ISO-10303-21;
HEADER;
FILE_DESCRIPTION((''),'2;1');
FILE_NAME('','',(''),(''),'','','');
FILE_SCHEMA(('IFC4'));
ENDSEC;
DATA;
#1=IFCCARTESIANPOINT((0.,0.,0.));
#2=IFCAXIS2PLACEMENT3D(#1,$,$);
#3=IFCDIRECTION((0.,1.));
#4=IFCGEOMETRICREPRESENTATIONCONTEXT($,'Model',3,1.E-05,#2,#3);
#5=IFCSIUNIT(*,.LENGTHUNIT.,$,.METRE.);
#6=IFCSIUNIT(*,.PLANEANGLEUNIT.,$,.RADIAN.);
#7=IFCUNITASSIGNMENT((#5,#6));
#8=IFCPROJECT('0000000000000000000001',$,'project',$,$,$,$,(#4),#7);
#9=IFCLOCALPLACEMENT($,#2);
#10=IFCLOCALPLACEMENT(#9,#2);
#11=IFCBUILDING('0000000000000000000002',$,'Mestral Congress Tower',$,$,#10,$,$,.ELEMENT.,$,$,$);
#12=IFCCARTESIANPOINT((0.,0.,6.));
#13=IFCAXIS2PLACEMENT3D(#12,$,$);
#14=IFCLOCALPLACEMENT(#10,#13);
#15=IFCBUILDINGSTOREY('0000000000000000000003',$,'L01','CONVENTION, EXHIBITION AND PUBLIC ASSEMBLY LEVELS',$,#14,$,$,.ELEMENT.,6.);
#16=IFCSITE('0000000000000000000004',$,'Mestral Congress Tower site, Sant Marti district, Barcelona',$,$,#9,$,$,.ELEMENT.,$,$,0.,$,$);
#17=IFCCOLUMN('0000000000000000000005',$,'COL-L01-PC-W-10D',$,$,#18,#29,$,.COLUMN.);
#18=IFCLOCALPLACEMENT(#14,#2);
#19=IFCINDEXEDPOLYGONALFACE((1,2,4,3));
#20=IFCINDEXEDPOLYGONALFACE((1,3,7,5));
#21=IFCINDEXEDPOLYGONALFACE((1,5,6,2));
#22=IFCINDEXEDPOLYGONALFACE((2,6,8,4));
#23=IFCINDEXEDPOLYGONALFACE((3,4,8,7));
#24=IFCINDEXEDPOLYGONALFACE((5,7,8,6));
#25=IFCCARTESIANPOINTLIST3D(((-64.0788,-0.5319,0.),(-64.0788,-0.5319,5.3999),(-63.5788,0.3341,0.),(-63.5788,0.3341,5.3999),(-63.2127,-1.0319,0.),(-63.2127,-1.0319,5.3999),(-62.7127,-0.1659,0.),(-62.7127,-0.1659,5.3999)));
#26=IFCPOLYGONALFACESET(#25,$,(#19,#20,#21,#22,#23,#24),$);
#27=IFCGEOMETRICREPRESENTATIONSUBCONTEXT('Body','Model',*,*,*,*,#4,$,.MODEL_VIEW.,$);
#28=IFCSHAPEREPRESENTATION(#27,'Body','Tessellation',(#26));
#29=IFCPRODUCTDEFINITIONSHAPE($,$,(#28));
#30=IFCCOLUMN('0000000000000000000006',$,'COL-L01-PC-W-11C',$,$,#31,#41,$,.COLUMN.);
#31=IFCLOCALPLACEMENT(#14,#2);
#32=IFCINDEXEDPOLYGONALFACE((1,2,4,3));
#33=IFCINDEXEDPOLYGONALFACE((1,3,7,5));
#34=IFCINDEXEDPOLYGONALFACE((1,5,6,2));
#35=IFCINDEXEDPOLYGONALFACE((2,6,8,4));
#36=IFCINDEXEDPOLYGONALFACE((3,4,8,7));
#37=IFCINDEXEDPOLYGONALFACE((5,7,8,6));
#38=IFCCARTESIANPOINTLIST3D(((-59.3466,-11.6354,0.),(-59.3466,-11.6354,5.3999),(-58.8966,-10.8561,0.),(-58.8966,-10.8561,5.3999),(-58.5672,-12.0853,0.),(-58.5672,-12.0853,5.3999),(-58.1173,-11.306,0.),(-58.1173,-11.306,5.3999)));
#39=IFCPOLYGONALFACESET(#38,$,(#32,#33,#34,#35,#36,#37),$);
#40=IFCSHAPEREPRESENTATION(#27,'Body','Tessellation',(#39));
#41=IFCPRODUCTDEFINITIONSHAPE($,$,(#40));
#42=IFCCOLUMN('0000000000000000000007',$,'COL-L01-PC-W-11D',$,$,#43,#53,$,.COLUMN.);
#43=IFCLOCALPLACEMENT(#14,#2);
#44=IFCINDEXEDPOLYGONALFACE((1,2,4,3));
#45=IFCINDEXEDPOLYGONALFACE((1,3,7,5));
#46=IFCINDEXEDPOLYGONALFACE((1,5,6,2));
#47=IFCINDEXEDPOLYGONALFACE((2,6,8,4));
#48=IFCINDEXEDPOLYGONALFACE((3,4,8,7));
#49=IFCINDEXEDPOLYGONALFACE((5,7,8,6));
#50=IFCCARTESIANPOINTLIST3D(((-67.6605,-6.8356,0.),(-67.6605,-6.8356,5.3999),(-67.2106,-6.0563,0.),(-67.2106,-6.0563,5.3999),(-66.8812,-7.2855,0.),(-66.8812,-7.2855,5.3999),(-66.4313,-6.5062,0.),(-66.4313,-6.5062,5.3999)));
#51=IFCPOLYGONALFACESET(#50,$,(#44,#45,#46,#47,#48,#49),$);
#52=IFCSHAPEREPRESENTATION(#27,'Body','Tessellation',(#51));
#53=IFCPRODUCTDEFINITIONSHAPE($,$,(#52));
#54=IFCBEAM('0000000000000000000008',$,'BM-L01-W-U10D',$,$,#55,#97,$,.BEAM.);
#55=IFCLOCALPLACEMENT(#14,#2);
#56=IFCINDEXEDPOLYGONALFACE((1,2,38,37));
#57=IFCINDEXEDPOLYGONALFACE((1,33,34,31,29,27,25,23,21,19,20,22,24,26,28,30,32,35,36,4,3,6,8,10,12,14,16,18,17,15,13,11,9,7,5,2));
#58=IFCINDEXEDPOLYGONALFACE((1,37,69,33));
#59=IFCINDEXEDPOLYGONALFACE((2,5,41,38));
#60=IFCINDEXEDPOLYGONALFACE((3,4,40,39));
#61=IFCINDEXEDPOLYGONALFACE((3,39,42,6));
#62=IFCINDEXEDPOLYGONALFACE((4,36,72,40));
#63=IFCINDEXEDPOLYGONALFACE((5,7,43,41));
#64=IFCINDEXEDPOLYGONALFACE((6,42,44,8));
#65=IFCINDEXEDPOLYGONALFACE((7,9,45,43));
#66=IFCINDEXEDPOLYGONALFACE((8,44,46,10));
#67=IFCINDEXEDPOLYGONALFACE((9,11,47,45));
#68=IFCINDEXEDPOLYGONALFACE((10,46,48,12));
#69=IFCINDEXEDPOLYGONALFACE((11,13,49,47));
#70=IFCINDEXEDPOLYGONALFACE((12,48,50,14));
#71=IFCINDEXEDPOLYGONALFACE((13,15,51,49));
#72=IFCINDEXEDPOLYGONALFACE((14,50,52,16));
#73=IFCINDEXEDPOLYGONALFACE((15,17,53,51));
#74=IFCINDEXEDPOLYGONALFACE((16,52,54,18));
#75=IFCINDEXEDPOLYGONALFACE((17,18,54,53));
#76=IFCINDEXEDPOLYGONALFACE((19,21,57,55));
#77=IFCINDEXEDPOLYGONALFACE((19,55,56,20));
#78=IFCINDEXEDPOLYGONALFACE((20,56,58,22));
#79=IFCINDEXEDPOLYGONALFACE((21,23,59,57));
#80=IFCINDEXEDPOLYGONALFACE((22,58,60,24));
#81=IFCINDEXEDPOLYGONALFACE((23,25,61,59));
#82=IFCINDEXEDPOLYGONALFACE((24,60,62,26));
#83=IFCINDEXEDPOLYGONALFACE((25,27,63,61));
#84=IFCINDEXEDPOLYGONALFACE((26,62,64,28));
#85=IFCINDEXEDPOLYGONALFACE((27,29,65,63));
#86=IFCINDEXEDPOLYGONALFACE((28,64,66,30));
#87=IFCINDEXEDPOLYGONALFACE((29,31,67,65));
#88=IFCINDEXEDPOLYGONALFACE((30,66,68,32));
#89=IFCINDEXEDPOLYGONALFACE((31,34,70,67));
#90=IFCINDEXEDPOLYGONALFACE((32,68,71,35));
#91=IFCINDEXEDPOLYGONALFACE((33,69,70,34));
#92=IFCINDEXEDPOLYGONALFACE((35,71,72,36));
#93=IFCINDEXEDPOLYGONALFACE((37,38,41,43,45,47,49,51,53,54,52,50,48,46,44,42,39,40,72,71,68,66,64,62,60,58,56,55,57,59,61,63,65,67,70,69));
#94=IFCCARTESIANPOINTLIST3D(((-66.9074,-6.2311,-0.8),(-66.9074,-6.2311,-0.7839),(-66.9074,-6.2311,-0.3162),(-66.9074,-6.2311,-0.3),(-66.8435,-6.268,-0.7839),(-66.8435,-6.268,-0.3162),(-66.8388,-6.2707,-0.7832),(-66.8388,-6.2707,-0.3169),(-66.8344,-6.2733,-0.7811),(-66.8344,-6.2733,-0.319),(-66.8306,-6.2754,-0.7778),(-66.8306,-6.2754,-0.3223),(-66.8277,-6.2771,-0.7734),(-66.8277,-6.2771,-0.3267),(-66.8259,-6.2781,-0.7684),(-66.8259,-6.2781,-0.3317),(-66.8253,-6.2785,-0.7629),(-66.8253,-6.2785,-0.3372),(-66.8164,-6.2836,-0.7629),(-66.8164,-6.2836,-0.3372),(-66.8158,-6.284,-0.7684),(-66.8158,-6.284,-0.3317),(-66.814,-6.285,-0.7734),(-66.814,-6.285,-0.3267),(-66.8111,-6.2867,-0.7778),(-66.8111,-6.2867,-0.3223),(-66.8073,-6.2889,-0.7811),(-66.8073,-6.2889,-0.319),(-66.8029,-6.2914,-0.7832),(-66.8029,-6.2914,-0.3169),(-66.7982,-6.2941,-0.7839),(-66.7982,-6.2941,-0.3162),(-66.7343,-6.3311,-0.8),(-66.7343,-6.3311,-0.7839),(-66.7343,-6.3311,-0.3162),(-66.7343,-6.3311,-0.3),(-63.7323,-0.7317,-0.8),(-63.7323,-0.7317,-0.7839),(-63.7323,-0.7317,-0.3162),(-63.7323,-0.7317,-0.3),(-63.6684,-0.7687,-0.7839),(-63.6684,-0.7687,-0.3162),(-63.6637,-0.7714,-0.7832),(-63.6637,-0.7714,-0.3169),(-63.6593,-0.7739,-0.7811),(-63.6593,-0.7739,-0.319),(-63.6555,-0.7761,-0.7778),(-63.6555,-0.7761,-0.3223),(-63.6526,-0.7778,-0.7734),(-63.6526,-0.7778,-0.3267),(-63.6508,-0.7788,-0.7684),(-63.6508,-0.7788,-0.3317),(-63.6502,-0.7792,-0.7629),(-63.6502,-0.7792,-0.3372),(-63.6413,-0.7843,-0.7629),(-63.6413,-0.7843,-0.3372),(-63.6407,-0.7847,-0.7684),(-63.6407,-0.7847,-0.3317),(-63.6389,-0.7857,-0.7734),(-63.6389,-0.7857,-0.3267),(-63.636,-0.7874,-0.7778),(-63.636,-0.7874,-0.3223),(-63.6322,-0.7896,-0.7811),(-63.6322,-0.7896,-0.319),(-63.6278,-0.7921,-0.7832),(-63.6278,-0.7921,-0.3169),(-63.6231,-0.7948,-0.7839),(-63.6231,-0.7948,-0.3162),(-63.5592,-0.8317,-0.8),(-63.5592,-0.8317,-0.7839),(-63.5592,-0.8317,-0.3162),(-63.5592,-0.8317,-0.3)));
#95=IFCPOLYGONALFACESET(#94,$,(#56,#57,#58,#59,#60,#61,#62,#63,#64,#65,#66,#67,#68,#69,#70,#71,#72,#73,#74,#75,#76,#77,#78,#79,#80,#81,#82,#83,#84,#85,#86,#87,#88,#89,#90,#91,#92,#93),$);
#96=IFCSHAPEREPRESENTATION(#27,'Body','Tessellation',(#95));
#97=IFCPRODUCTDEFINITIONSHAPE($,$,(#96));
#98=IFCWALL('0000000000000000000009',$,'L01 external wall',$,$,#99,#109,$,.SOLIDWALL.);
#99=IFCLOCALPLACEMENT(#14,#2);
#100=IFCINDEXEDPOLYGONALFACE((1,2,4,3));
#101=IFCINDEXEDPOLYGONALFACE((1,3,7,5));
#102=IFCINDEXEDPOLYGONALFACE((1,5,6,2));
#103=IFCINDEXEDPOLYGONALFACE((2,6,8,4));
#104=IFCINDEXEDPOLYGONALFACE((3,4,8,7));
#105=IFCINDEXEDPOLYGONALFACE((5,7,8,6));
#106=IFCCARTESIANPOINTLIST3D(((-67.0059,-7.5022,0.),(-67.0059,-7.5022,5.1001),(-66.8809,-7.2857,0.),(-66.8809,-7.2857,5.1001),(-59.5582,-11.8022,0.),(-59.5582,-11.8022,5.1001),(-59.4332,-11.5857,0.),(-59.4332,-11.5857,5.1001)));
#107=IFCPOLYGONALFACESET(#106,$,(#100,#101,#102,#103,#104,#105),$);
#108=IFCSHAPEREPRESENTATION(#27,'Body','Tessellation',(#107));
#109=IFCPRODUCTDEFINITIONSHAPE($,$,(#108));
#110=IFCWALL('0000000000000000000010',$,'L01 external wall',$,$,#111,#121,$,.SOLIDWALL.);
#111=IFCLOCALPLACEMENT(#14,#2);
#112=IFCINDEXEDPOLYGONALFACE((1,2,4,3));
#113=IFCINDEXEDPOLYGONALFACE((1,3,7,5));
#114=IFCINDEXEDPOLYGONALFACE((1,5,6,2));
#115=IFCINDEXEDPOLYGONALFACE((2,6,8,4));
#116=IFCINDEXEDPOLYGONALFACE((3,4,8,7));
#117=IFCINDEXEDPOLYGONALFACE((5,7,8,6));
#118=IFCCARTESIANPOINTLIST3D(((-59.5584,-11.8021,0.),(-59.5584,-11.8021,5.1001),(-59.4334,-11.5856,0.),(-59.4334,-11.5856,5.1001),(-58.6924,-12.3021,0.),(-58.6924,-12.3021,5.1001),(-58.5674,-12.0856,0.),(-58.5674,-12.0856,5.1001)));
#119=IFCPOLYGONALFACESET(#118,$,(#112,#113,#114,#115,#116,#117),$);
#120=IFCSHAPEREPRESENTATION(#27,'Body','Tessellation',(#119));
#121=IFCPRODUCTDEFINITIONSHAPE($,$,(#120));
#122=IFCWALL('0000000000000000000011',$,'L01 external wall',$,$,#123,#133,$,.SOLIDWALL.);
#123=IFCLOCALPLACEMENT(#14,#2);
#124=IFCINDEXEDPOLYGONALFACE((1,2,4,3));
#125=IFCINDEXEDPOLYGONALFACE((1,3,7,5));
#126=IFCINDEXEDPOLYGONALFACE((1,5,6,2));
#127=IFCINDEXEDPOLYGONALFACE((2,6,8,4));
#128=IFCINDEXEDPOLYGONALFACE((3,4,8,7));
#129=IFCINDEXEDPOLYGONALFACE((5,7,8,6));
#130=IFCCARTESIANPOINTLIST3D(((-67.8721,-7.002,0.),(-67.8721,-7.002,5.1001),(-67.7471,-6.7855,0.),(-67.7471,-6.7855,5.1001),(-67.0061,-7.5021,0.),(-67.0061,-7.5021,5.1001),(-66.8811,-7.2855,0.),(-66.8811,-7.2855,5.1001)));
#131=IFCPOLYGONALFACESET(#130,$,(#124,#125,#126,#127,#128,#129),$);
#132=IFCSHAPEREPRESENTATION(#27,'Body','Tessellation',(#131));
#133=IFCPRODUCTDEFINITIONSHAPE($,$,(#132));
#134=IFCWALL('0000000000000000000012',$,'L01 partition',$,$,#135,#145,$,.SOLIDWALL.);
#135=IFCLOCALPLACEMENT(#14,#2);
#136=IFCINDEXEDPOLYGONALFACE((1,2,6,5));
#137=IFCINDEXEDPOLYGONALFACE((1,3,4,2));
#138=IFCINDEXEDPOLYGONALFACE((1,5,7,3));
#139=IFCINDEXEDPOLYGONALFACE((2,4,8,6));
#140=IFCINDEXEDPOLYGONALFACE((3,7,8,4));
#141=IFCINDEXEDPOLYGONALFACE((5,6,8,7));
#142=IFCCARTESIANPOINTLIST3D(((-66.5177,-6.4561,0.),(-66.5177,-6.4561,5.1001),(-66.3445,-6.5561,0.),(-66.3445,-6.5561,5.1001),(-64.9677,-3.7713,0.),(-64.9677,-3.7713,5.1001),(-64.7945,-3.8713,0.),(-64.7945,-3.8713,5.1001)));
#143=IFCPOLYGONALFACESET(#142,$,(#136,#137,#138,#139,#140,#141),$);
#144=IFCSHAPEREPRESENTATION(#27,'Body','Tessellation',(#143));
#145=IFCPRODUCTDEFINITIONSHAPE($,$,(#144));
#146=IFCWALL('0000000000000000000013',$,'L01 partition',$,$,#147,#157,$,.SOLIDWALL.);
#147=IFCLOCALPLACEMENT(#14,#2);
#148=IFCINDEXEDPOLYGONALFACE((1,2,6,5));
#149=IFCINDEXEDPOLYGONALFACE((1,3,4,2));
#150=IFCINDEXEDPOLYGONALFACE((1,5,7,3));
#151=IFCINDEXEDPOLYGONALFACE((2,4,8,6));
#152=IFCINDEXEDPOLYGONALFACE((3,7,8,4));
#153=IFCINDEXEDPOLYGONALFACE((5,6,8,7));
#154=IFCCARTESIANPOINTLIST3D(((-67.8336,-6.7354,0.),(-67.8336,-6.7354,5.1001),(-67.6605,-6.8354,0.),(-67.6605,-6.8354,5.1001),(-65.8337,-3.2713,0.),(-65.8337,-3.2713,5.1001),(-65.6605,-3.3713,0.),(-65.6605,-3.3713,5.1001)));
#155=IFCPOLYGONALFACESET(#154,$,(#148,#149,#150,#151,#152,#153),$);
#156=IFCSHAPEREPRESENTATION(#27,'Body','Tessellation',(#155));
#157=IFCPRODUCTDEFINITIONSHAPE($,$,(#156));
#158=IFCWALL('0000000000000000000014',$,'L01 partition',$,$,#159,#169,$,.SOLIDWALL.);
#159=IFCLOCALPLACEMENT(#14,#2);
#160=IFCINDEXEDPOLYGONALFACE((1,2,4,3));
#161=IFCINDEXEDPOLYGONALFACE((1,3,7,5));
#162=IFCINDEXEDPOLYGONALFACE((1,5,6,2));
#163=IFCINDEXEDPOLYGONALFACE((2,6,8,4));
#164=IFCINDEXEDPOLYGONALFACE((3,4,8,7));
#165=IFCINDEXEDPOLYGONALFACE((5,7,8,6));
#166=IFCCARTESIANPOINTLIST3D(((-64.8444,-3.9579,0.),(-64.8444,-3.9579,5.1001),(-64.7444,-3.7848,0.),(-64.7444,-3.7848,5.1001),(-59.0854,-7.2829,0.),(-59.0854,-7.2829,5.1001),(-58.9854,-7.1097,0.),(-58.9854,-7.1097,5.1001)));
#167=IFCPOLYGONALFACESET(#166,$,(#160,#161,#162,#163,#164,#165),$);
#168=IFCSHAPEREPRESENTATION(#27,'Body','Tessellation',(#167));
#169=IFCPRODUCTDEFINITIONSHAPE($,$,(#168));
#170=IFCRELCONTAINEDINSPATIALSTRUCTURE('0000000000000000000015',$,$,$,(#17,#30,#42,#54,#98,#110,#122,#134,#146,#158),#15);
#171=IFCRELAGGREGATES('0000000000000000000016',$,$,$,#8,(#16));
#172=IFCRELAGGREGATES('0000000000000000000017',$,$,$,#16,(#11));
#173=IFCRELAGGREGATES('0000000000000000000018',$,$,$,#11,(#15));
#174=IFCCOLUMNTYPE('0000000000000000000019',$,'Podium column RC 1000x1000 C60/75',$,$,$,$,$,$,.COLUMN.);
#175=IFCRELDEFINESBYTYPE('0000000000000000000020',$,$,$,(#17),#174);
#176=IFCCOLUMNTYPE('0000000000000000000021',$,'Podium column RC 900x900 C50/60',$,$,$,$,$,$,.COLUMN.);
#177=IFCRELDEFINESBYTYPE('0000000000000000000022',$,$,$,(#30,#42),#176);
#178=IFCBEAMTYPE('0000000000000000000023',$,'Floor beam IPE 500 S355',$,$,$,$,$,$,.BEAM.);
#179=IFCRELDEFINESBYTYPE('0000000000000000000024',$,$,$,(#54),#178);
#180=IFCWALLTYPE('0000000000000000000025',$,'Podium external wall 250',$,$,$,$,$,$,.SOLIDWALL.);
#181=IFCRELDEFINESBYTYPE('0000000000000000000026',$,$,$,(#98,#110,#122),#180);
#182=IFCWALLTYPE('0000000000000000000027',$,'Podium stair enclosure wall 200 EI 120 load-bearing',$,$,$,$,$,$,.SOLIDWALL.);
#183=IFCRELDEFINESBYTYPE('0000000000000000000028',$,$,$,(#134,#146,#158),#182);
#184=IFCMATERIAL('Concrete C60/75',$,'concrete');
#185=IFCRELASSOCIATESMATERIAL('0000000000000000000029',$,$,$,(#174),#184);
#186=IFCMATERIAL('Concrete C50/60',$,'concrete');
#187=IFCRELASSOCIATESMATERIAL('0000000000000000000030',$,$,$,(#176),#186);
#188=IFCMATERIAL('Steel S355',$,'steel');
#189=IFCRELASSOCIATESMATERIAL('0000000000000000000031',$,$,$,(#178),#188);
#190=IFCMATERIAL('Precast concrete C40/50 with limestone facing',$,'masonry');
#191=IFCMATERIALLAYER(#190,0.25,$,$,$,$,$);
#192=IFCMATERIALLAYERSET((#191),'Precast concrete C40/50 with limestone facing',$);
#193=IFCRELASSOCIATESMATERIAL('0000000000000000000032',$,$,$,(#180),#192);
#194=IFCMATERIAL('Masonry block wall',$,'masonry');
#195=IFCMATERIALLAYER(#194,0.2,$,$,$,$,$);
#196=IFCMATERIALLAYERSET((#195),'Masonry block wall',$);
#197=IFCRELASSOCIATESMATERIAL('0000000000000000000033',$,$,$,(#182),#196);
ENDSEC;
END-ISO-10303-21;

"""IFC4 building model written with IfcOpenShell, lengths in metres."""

from ifc_helpers import new_model, si_unit, direction, frame, frame_2d, origin, origin_2d, place, context, subcontext, project, spatial, rectangle, i_section, extrude, material, layer, layer_set, material_profile, profile_set, type_object, element, save


model = new_model("IFC4")

# Units and contexts
model_context = context("Model", 3, precision=1e-05, world=origin(), true_north=direction((0.0, 1.0)))
body_context = subcontext(model_context, "Body", "Model", "MODEL_VIEW")
ifc_project = project(units=[si_unit("LENGTHUNIT", "METRE"), si_unit("PLANEANGLEUNIT", "RADIAN")], contexts=[model_context])

# Site, building, storey
site_placement = place(None, origin())
site = spatial("IfcSite", under=ifc_project, at=site_placement, Name="Mestral Congress Tower site, Sant Marti district, Barcelona", CompositionType="ELEMENT", RefElevation=0.0)
building_placement = place(site_placement, origin())
building = spatial("IfcBuilding", under=site, at=building_placement, Name="Mestral Congress Tower", CompositionType="ELEMENT")
storey_placement = place(building_placement, frame((0.0, 0.0, 6.0)))
storey = spatial("IfcBuildingStorey", under=building, at=storey_placement, Name="L01", Description="CONVENTION, EXHIBITION AND PUBLIC ASSEMBLY LEVELS", CompositionType="ELEMENT", Elevation=6.0)

# Columns
ifc_material_1 = material(Name="Concrete C60/75", Category="concrete")
ifc_material_profile_1 = material_profile(ifc_material_1, rectangle(XDim=1.0, YDim=1.0, at=origin_2d()), Name="RC 1000x1000")
ifc_profile_set_1 = profile_set([ifc_material_profile_1], Name="Concrete C60/75")
column_type_1 = type_object("IfcColumnType", Name="Podium column RC 1000x1000 C60/75", PredefinedType="COLUMN", material=ifc_profile_set_1)
column_placement = place(storey_placement, frame((-63.3958, -0.3489, 0.0), z_axis=(0.0, 0.0, 1.0), x_axis=(-0.5, -0.866025, 0.0)))
element("IfcColumn", 1, at=column_placement, inside=storey, type_object=column_type_1, Name="COL-L01-PC-W-10D", PredefinedType="COLUMN", context=body_context, shape_type="SweptSolid", body=[
    extrude(rectangle(XDim=1.0, YDim=1.0, at=origin_2d()), origin(), (0.0, 0.0, 1.0), 5.3999),
])
ifc_material_2 = material(Name="Concrete C50/60", Category="concrete")
ifc_material_profile_2 = material_profile(ifc_material_2, rectangle(XDim=0.8999, YDim=0.8999, at=origin_2d()), Name="RC 900x900")
ifc_profile_set_2 = profile_set([ifc_material_profile_2], Name="Concrete C50/60")
column_type_2 = type_object("IfcColumnType", Name="Podium column RC 900x900 C50/60", PredefinedType="COLUMN", material=ifc_profile_set_2)
for number, where, z_axis, x_axis, name in (
    (2, (-58.7319, -11.4707, 0.0), (0.0, 0.0, 1.0), (-0.5, -0.866025, 0.0), "COL-L01-PC-W-11C"),
    (3, (-67.0459, -6.6709, 0.0), (0.0, 0.0, 1.0), (-0.5, -0.866025, 0.0), "COL-L01-PC-W-11D"),
):
    element("IfcColumn", number, at=place(storey_placement, frame(where, z_axis=z_axis, x_axis=x_axis)), inside=storey, type_object=column_type_2, Name=name, PredefinedType="COLUMN", context=body_context, shape_type="SweptSolid", body=[
        extrude(rectangle(XDim=0.8999, YDim=0.8999, at=origin_2d()), origin(), (0.0, 0.0, 1.0), 5.3999),
    ])

# Beam
ifc_material_3 = material(Name="Steel S355", Category="steel")
ifc_material_profile_3 = material_profile(ifc_material_3, i_section(OverallWidth=0.2, OverallDepth=0.5, WebThickness=0.0103, FlangeThickness=0.0161, FilletRadius=0.021, at=origin_2d()), Name="IPE 500")
ifc_profile_set_3 = profile_set([ifc_material_profile_3], Name="Steel S355")
beam_type = type_object("IfcBeamType", Name="Floor beam IPE 500 S355", PredefinedType="BEAM", material=ifc_profile_set_3)
beam_placement = place(storey_placement, frame((-63.6458, -0.7817, -0.55), z_axis=(-0.500005, -0.866022, 0.0), x_axis=(0.866022, -0.500005, 0.0)))
element("IfcBeam", 4, at=beam_placement, inside=storey, type_object=beam_type, Name="BM-L01-W-U10D", PredefinedType="BEAM", context=body_context, shape_type="SweptSolid", body=[
    extrude(i_section(OverallWidth=0.2, OverallDepth=0.5, WebThickness=0.0103, FlangeThickness=0.0161, FilletRadius=0.021, at=origin_2d()), origin(), (0.0, 0.0, 1.0), 6.3501),
])

# Walls
ifc_material_4 = material(Name="Precast concrete C40/50 with limestone facing", Category="masonry")
ifc_layer_1 = layer(ifc_material_4, 0.25)
ifc_layer_set_1 = layer_set([ifc_layer_1], Name="Precast concrete C40/50 with limestone facing")
wall_type_1 = type_object("IfcWallType", Name="Podium external wall 250", PredefinedType="SOLIDWALL", material=ifc_layer_set_1)
wall_1_placement = place(storey_placement, frame((-59.4958, -11.6938, 0.0), z_axis=(0.0, 0.0, 1.0), x_axis=(-0.866021, 0.500008, 0.0)))
element("IfcWall", 5, at=wall_1_placement, inside=storey, type_object=wall_type_1, Name="L01 external wall", PredefinedType="SOLIDWALL", context=body_context, shape_type="SweptSolid", body=[
    extrude(rectangle(XDim=8.5999, YDim=0.25, at=frame_2d((4.2998, 0.0))), origin(), (0.0, 0.0, 1.0), 5.1001),
])
for number, where, z_axis, x_axis, name in (
    (6, (-58.6299, -12.1938, 0.0), (0.0, 0.0, 1.0), (-0.866011, 0.500025, 0.0), "L01 external wall"),
    (7, (-66.9436, -7.3938, 0.0), (0.0, 0.0, 1.0), (-0.866011, 0.500025, 0.0), "L01 external wall"),
):
    element("IfcWall", number, at=place(storey_placement, frame(where, z_axis=z_axis, x_axis=x_axis)), inside=storey, type_object=wall_type_1, Name=name, PredefinedType="SOLIDWALL", context=body_context, shape_type="SweptSolid", body=[
        extrude(rectangle(XDim=1.0, YDim=0.25, at=frame_2d((0.5, 0.0))), origin(), (0.0, 0.0, 1.0), 5.1001),
    ])
ifc_material_5 = material(Name="Masonry block wall", Category="masonry")
ifc_layer_2 = layer(ifc_material_5, 0.2)
ifc_layer_set_2 = layer_set([ifc_layer_2], Name="Masonry block wall")
wall_type_2 = type_object("IfcWallType", Name="Podium stair enclosure wall 200 EI 120 load-bearing", PredefinedType="SOLIDWALL", material=ifc_layer_set_2)
wall_2_placement = place(storey_placement, frame((-64.8811, -3.8213, 0.0), z_axis=(0.0, 0.0, 1.0), x_axis=(-0.499993, -0.86603, 0.0)))
element("IfcWall", 8, at=wall_2_placement, inside=storey, type_object=wall_type_2, Name="L01 partition", PredefinedType="SOLIDWALL", context=body_context, shape_type="SweptSolid", body=[
    extrude(rectangle(XDim=3.1001, YDim=0.2, at=frame_2d((1.55, 0.0))), origin(), (0.0, 0.0, 1.0), 5.1001),
])
wall_3_placement = place(storey_placement, frame((-65.7471, -3.3213, 0.0), z_axis=(0.0, 0.0, 1.0), x_axis=(-0.499999, -0.866026, 0.0)))
element("IfcWall", 9, at=wall_3_placement, inside=storey, type_object=wall_type_2, Name="L01 partition", PredefinedType="SOLIDWALL", context=body_context, shape_type="SweptSolid", body=[
    extrude(rectangle(XDim=4.0, YDim=0.2, at=frame_2d((2.0, 0.0))), origin(), (0.0, 0.0, 1.0), 5.1001),
])
wall_4_placement = place(storey_placement, frame((-59.0354, -7.1963, 0.0), z_axis=(0.0, 0.0, 1.0), x_axis=(-0.866027, 0.499997, 0.0)))
element("IfcWall", 10, at=wall_4_placement, inside=storey, type_object=wall_type_2, Name="L01 partition", PredefinedType="SOLIDWALL", context=body_context, shape_type="SweptSolid", body=[
    extrude(rectangle(XDim=6.6499, YDim=0.2, at=frame_2d((3.325, 0.0))), origin(), (0.0, 0.0, 1.0), 5.1001),
])

save(model, "model.ifc")
